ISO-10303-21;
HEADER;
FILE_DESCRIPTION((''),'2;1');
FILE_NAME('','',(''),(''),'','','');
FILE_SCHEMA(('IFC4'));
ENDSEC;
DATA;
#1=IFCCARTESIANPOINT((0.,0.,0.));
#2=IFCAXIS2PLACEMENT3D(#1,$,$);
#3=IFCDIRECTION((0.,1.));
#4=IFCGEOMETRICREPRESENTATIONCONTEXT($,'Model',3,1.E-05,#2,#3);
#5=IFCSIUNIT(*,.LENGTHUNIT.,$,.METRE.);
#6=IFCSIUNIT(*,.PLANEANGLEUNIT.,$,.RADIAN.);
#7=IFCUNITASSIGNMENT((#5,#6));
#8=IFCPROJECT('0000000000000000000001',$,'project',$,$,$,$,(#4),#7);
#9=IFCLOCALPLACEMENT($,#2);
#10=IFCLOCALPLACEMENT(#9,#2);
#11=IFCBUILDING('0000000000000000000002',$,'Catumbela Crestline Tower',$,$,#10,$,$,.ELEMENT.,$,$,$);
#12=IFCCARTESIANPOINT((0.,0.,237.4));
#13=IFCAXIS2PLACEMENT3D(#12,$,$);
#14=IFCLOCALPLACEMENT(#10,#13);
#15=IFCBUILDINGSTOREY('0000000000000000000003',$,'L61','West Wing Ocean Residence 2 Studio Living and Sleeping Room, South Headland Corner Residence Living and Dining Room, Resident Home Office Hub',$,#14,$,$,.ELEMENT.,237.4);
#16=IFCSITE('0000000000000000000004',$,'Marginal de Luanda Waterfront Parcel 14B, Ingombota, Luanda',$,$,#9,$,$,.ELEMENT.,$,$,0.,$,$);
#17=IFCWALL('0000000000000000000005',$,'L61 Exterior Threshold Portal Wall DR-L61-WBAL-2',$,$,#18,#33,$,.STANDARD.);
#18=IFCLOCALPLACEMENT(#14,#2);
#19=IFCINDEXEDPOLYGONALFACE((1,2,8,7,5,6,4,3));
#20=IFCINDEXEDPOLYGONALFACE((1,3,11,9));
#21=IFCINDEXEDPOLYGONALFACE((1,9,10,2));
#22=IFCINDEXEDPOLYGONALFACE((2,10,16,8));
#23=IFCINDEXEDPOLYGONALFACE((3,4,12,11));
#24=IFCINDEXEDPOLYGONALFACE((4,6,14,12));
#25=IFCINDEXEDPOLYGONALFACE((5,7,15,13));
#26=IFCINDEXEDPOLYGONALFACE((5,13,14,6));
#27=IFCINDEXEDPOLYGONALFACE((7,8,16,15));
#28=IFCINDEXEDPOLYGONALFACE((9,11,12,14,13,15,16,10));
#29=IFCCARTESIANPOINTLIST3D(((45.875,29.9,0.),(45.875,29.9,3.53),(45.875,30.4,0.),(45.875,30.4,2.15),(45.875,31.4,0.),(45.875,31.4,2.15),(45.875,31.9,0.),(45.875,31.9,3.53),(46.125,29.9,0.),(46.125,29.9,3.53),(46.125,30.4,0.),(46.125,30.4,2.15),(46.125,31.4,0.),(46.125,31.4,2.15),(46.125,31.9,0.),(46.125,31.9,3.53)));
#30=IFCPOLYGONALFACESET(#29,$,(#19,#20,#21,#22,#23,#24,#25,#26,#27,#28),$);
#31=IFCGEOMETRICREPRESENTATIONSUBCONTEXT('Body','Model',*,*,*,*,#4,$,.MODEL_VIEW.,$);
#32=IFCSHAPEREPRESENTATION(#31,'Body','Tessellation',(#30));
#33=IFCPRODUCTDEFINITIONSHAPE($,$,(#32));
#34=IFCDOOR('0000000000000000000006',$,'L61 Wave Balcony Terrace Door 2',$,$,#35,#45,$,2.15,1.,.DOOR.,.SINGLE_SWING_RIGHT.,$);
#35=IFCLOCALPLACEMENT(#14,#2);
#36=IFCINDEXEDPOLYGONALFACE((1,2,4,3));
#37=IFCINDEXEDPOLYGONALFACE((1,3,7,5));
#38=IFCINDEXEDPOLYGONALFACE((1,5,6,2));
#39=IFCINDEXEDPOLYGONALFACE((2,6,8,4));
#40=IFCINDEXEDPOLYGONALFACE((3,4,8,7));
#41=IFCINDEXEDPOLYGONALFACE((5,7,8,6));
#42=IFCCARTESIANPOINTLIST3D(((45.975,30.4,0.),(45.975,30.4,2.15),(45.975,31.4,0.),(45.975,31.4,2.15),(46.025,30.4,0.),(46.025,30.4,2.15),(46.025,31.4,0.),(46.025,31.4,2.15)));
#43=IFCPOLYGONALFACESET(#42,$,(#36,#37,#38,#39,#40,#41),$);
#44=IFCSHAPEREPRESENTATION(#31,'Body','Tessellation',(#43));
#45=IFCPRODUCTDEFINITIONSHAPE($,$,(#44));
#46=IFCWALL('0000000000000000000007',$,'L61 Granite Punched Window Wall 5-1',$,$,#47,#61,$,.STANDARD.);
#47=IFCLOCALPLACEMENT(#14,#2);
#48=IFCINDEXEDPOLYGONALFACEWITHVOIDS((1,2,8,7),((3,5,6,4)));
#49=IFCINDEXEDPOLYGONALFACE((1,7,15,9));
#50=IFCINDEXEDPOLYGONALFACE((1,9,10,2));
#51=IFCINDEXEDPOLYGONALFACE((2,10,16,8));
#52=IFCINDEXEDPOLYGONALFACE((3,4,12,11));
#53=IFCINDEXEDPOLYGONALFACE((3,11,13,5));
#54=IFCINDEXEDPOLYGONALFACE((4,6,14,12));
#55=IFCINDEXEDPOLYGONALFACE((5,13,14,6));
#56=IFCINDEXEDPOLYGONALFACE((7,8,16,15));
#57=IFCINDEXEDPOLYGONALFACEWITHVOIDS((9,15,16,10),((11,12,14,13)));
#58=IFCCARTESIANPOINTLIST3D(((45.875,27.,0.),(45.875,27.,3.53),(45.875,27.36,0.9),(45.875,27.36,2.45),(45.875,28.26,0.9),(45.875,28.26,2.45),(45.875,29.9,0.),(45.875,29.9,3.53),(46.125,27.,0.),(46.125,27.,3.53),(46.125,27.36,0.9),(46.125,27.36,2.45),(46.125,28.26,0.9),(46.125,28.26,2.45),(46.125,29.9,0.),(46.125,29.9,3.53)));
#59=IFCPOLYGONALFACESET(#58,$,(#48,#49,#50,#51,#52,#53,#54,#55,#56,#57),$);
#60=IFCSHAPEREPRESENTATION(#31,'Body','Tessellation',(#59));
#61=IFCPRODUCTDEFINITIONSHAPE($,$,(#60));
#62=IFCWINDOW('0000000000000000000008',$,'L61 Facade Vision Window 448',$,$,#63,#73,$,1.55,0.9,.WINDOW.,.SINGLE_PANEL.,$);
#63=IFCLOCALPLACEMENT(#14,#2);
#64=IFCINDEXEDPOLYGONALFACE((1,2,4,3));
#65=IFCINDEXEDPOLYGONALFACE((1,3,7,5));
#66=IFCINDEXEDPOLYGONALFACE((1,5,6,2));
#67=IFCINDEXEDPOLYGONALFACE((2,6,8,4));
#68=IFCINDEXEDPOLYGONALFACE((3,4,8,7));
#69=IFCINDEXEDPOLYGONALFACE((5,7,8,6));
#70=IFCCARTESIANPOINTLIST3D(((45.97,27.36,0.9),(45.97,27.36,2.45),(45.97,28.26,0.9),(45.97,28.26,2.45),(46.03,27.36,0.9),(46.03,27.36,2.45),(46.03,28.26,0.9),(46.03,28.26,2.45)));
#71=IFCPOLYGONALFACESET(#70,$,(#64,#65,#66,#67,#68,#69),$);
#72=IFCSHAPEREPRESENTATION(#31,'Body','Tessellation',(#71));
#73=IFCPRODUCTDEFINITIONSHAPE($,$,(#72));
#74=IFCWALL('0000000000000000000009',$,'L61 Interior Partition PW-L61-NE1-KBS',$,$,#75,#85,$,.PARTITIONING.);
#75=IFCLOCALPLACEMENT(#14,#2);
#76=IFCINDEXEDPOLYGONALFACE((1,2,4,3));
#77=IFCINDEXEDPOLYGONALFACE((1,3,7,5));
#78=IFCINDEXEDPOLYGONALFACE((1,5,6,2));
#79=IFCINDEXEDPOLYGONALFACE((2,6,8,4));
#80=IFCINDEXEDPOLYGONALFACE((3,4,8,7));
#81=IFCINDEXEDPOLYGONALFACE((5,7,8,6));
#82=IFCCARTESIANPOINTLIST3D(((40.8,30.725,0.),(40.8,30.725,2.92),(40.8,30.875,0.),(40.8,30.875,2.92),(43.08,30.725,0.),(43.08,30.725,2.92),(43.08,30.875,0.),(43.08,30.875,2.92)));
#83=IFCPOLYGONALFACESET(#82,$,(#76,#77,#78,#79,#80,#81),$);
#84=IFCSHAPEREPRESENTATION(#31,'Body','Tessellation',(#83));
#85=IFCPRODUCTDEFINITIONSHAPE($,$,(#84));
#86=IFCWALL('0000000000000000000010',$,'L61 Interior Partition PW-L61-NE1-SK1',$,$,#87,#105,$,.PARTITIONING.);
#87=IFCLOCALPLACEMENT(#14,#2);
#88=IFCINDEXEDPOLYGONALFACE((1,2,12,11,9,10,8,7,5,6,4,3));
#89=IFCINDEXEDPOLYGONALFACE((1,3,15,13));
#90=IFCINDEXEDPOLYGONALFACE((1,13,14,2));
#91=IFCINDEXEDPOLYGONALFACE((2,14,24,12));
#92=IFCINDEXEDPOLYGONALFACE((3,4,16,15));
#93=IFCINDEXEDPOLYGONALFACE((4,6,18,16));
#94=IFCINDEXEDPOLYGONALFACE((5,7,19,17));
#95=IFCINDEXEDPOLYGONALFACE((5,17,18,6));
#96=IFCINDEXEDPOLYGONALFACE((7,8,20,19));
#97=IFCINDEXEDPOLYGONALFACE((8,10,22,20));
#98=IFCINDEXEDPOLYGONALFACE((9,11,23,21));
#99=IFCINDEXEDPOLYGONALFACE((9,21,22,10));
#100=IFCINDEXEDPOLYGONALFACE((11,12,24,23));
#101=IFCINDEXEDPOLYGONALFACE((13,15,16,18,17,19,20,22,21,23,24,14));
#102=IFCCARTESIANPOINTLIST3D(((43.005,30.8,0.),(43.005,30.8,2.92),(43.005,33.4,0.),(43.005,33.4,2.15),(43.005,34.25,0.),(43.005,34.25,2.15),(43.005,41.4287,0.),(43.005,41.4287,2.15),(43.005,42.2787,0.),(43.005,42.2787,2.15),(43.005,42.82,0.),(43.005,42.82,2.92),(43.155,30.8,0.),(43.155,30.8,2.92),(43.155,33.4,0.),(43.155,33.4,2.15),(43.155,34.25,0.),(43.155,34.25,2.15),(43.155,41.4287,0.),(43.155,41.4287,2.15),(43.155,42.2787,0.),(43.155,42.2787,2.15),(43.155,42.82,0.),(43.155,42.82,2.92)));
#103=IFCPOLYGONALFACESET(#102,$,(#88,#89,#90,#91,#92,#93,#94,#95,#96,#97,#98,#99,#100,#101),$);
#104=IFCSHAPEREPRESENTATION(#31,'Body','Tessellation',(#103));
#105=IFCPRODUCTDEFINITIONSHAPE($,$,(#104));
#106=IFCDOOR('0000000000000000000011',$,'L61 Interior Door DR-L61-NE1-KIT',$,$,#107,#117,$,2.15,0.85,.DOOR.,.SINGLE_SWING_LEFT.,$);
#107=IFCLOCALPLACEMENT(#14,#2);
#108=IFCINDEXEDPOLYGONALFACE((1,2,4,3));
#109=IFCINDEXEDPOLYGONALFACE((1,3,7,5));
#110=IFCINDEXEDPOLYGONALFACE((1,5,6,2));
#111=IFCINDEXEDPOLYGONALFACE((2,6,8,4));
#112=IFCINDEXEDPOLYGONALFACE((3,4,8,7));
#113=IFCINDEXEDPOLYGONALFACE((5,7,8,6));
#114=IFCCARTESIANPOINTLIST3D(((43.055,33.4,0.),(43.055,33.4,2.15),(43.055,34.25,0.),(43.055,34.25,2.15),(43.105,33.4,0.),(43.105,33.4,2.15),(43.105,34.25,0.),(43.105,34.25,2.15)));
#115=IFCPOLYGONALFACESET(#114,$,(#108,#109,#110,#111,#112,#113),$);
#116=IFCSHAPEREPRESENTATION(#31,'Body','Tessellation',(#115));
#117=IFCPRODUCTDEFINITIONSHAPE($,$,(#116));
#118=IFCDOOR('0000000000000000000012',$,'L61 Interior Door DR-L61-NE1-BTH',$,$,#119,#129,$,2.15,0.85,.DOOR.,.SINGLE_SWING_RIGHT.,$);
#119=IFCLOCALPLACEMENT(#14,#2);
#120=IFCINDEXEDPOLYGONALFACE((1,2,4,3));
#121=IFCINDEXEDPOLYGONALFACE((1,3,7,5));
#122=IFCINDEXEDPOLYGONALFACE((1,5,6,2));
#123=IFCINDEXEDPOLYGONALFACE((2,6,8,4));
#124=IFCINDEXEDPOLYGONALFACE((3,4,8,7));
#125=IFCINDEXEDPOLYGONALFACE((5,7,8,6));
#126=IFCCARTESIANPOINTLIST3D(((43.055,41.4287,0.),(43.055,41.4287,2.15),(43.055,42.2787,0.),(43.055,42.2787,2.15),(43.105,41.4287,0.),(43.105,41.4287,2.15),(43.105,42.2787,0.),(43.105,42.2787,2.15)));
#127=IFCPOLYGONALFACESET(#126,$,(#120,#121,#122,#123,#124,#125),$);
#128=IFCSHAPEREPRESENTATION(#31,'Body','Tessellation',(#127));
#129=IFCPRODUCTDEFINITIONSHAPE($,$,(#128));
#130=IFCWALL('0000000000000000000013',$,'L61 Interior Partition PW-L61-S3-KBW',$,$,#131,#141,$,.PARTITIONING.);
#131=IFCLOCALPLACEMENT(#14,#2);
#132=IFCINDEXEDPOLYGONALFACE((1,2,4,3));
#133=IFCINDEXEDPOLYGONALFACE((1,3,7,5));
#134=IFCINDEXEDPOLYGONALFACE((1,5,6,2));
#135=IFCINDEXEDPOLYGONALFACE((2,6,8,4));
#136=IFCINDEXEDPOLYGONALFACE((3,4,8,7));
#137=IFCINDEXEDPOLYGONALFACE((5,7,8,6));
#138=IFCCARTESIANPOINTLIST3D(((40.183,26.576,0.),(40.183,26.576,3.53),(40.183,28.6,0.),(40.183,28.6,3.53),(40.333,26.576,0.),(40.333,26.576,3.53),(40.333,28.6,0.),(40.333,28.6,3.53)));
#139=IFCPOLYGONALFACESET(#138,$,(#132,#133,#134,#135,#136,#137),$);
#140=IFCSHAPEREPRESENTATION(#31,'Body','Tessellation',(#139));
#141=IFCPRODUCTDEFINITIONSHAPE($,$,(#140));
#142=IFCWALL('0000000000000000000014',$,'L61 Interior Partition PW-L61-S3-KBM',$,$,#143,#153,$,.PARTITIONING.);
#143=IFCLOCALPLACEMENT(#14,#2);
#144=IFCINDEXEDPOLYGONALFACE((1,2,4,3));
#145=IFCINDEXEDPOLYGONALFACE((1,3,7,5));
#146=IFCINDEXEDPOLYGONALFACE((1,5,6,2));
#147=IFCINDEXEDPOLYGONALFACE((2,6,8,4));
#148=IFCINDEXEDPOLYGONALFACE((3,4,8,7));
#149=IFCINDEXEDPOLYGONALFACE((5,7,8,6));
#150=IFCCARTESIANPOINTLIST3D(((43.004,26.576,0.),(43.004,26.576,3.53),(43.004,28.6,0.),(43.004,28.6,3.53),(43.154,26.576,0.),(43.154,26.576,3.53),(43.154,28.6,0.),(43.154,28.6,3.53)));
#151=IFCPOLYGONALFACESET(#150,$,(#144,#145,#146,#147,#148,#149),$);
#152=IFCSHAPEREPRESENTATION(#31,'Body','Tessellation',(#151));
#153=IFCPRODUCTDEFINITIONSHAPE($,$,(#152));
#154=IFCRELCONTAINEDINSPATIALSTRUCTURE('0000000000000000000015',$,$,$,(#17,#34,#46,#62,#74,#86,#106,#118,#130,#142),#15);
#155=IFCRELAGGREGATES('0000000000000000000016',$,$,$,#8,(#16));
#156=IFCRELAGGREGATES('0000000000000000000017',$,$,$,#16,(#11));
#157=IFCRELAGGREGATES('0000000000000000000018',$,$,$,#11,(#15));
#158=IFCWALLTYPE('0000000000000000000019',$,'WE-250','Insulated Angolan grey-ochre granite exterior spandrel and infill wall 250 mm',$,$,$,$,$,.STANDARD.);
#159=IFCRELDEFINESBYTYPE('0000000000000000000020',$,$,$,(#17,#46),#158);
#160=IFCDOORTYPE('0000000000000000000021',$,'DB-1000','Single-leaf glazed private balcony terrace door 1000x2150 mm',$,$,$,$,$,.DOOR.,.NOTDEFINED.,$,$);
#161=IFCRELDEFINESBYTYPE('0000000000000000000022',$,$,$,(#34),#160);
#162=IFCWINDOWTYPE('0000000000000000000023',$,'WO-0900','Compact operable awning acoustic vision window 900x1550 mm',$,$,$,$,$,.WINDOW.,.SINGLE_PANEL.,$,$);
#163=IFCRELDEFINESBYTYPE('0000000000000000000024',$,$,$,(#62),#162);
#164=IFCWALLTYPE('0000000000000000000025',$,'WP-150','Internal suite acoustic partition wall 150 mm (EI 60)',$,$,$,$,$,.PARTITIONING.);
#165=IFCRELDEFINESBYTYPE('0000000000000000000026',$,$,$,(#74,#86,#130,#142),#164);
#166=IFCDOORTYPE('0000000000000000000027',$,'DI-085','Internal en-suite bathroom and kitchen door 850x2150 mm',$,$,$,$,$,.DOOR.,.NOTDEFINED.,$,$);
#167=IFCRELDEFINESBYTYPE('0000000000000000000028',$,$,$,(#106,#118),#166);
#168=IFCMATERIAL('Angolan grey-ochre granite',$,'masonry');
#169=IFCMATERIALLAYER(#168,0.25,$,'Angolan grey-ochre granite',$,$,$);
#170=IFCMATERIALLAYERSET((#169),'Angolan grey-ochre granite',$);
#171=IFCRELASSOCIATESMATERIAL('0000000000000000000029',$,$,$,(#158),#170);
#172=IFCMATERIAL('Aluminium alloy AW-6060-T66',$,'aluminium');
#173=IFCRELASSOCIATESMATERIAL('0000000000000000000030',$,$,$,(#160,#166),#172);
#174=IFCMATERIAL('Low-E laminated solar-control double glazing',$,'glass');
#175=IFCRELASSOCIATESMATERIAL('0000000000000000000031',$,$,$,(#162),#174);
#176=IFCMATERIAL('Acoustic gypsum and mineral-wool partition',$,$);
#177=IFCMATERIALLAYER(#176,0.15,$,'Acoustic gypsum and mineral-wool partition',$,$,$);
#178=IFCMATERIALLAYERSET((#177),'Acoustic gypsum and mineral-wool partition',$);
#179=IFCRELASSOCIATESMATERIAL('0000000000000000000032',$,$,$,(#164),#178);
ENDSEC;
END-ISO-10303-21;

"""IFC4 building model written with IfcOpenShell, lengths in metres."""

from ifc_helpers import new_model, si_unit, direction, frame, frame_2d, origin, place, context, subcontext, project, spatial, rectangle, extrude, material, layer, layer_set, type_object, element, fill, save


model = new_model("IFC4")

# Units and contexts
model_context = context("Model", 3, precision=1e-05, world=origin(), true_north=direction((0.0, 1.0)))
body_context = subcontext(model_context, "Body", "Model", "MODEL_VIEW")
ifc_project = project(units=[si_unit("LENGTHUNIT", "METRE"), si_unit("PLANEANGLEUNIT", "RADIAN")], contexts=[model_context])

# Site, building, storey
site_placement = place(None, origin())
site = spatial("IfcSite", under=ifc_project, at=site_placement, Name="Marginal de Luanda Waterfront Parcel 14B, Ingombota, Luanda", CompositionType="ELEMENT", RefElevation=0.0)
building_placement = place(site_placement, origin())
building = spatial("IfcBuilding", under=site, at=building_placement, Name="Catumbela Crestline Tower", CompositionType="ELEMENT")
storey_placement = place(building_placement, frame((0.0, 0.0, 237.4)))
storey = spatial("IfcBuildingStorey", under=building, at=storey_placement, Name="L61", Description="West Wing Ocean Residence 2 Studio Living and Sleeping Room, South Headland Corner Residence Living and Dining Room, Resident Home Office Hub", CompositionType="ELEMENT", Elevation=237.4)

# Shared definitions
ifc_material_1 = material(Name="Aluminium alloy AW-6060-T66", Category="aluminium")

# Wall, opening, door
ifc_material_2 = material(Name="Acoustic gypsum and mineral-wool partition")
ifc_material_3 = material(Name="Angolan grey-ochre granite", Category="masonry")
ifc_layer_1 = layer(ifc_material_3, 0.25, Name="Angolan grey-ochre granite")
ifc_layer_set_1 = layer_set([ifc_layer_1], Name="Angolan grey-ochre granite")
wall_type_1 = type_object("IfcWallType", Name="WE-250", Description="Insulated Angolan grey-ochre granite exterior spandrel and infill wall 250 mm", PredefinedType="STANDARD", material=ifc_layer_set_1)
wall_1_placement = place(storey_placement, frame((46.0, 29.9, 0.0), z_axis=(0.0, 0.0, 1.0), x_axis=(0.0, 1.0, 0.0)))
wall_1 = element("IfcWall", 1, at=wall_1_placement, inside=storey, type_object=wall_type_1, Name="L61 Exterior Threshold Portal Wall DR-L61-WBAL-2", PredefinedType="STANDARD", context=body_context, shape_type="SweptSolid", body=[
    extrude(rectangle(XDim=2.0, YDim=0.25, at=frame_2d((1.0, 0.0))), origin(), (0.0, 0.0, 1.0), 3.53),
])
opening_1_placement = place(wall_1_placement, frame((0.5, 0.0, 0.0)))
opening_1 = element("IfcOpeningElement", 2, at=opening_1_placement, cuts=wall_1, PredefinedType="OPENING", context=body_context, shape_type="SweptSolid", body=[
    extrude(rectangle(XDim=1.0, YDim=2.15, at=frame_2d((0.5, 1.075))), frame((0.0, 0.135, 0.0), z_axis=(0.0, -1.0, 0.0), x_axis=(1.0, 0.0, 0.0)), (0.0, 0.0, 1.0), 0.27),
])
door_type_1 = type_object("IfcDoorType", Name="DB-1000", Description="Single-leaf glazed private balcony terrace door 1000x2150 mm", OperationType="NOTDEFINED", PredefinedType="DOOR", material=ifc_material_1)
door_1_placement = place(opening_1_placement, origin())
door_1 = element("IfcDoor", 3, at=door_1_placement, inside=storey, type_object=door_type_1, Name="L61 Wave Balcony Terrace Door 2", OperationType="SINGLE_SWING_RIGHT", OverallHeight=2.15, OverallWidth=1.0, PredefinedType="DOOR", context=body_context, shape_type="SweptSolid", body=[
    extrude(rectangle(XDim=1.0, YDim=2.15, at=frame_2d((0.5, 1.075))), frame((0.0, 0.025, 0.0), z_axis=(0.0, -1.0, 0.0), x_axis=(1.0, 0.0, 0.0)), (0.0, 0.0, 1.0), 0.05),
])
fill(opening_1, door_1)

# Wall, opening, window
wall_2_placement = place(storey_placement, frame((46.0, 27.0, 0.0), z_axis=(0.0, 0.0, 1.0), x_axis=(0.0, 1.0, 0.0)))
wall_2 = element("IfcWall", 4, at=wall_2_placement, inside=storey, type_object=wall_type_1, Name="L61 Granite Punched Window Wall 5-1", PredefinedType="STANDARD", context=body_context, shape_type="SweptSolid", body=[
    extrude(rectangle(XDim=2.9, YDim=0.25, at=frame_2d((1.45, 0.0))), origin(), (0.0, 0.0, 1.0), 3.53),
])
opening_2_placement = place(wall_2_placement, frame((0.36, 0.0, 0.9)))
opening_2 = element("IfcOpeningElement", 5, at=opening_2_placement, cuts=wall_2, PredefinedType="OPENING", context=body_context, shape_type="SweptSolid", body=[
    extrude(rectangle(XDim=0.9, YDim=1.55, at=frame_2d((0.45, 0.775))), frame((0.0, 0.135, 0.0), z_axis=(0.0, -1.0, 0.0), x_axis=(1.0, 0.0, 0.0)), (0.0, 0.0, 1.0), 0.27),
])
ifc_material_4 = material(Name="Low-E laminated solar-control double glazing", Category="glass")
window_type = type_object("IfcWindowType", Name="WO-0900", Description="Compact operable awning acoustic vision window 900x1550 mm", PartitioningType="SINGLE_PANEL", PredefinedType="WINDOW", material=ifc_material_4)
window_placement = place(opening_2_placement, origin())
window = element("IfcWindow", 6, at=window_placement, inside=storey, type_object=window_type, Name="L61 Facade Vision Window 448", OverallHeight=1.55, OverallWidth=0.9, PartitioningType="SINGLE_PANEL", PredefinedType="WINDOW", context=body_context, shape_type="SweptSolid", body=[
    extrude(rectangle(XDim=0.9, YDim=1.55, at=frame_2d((0.45, 0.775))), frame((0.0, 0.03, 0.0), z_axis=(0.0, -1.0, 0.0), x_axis=(1.0, 0.0, 0.0)), (0.0, 0.0, 1.0), 0.06),
])
fill(opening_2, window)

# Wall
ifc_layer_2 = layer(ifc_material_2, 0.15, Name="Acoustic gypsum and mineral-wool partition")
ifc_layer_set_2 = layer_set([ifc_layer_2], Name="Acoustic gypsum and mineral-wool partition")
wall_type_2 = type_object("IfcWallType", Name="WP-150", Description="Internal suite acoustic partition wall 150 mm (EI 60)", PredefinedType="PARTITIONING", material=ifc_layer_set_2)
wall_3_placement = place(storey_placement, frame((40.8, 30.8, 0.0), z_axis=(0.0, 0.0, 1.0), x_axis=(1.0, 0.0, 0.0)))
element("IfcWall", 7, at=wall_3_placement, inside=storey, type_object=wall_type_2, Name="L61 Interior Partition PW-L61-NE1-KBS", PredefinedType="PARTITIONING", context=body_context, shape_type="SweptSolid", body=[
    extrude(rectangle(XDim=2.28, YDim=0.15, at=frame_2d((1.14, 0.0))), origin(), (0.0, 0.0, 1.0), 2.92),
])

# Wall, openings, doors
wall_4_placement = place(storey_placement, frame((43.08, 30.8, 0.0), z_axis=(0.0, 0.0, 1.0), x_axis=(0.0, 1.0, 0.0)))
wall_4 = element("IfcWall", 8, at=wall_4_placement, inside=storey, type_object=wall_type_2, Name="L61 Interior Partition PW-L61-NE1-SK1", PredefinedType="PARTITIONING", context=body_context, shape_type="SweptSolid", body=[
    extrude(rectangle(XDim=12.02, YDim=0.15, at=frame_2d((6.01, 0.0))), origin(), (0.0, 0.0, 1.0), 2.92),
])
opening_3_placement = place(wall_4_placement, frame((2.6, 0.0, 0.0)))
opening_3 = element("IfcOpeningElement", 9, at=opening_3_placement, cuts=wall_4, PredefinedType="OPENING", context=body_context, shape_type="SweptSolid", body=[
    extrude(rectangle(XDim=0.85, YDim=2.15, at=frame_2d((0.425, 1.075))), frame((0.0, 0.085, 0.0), z_axis=(0.0, -1.0, 0.0), x_axis=(1.0, 0.0, 0.0)), (0.0, 0.0, 1.0), 0.17),
])
opening_4_placement = place(wall_4_placement, frame((10.6287, 0.0, 0.0)))
opening_4 = element("IfcOpeningElement", 10, at=opening_4_placement, cuts=wall_4, PredefinedType="OPENING", context=body_context, shape_type="SweptSolid", body=[
    extrude(rectangle(XDim=0.85, YDim=2.15, at=frame_2d((0.425, 1.075))), frame((0.0, 0.085, 0.0), z_axis=(0.0, -1.0, 0.0), x_axis=(1.0, 0.0, 0.0)), (0.0, 0.0, 1.0), 0.17),
])
door_type_2 = type_object("IfcDoorType", Name="DI-085", Description="Internal en-suite bathroom and kitchen door 850x2150 mm", OperationType="NOTDEFINED", PredefinedType="DOOR", material=ifc_material_1)
door_2_placement = place(opening_3_placement, origin())
door_2 = element("IfcDoor", 11, at=door_2_placement, inside=storey, type_object=door_type_2, Name="L61 Interior Door DR-L61-NE1-KIT", OperationType="SINGLE_SWING_LEFT", OverallHeight=2.15, OverallWidth=0.85, PredefinedType="DOOR", context=body_context, shape_type="SweptSolid", body=[
    extrude(rectangle(XDim=0.85, YDim=2.15, at=frame_2d((0.425, 1.075))), frame((0.0, 0.025, 0.0), z_axis=(0.0, -1.0, 0.0), x_axis=(1.0, 0.0, 0.0)), (0.0, 0.0, 1.0), 0.05),
])
fill(opening_3, door_2)
door_3_placement = place(opening_4_placement, origin())
door_3 = element("IfcDoor", 12, at=door_3_placement, inside=storey, type_object=door_type_2, Name="L61 Interior Door DR-L61-NE1-BTH", OperationType="SINGLE_SWING_RIGHT", OverallHeight=2.15, OverallWidth=0.85, PredefinedType="DOOR", context=body_context, shape_type="SweptSolid", body=[
    extrude(rectangle(XDim=0.85, YDim=2.15, at=frame_2d((0.425, 1.075))), frame((0.0, 0.025, 0.0), z_axis=(0.0, -1.0, 0.0), x_axis=(1.0, 0.0, 0.0)), (0.0, 0.0, 1.0), 0.05),
])
fill(opening_4, door_3)

# Walls
for number, where, z_axis, x_axis, name in (
    (13, (40.258, 26.576, 0.0), (0.0, 0.0, 1.0), (0.0, 1.0, 0.0), "L61 Interior Partition PW-L61-S3-KBW"),
    (14, (43.079, 26.576, 0.0), (0.0, 0.0, 1.0), (0.0, 1.0, 0.0), "L61 Interior Partition PW-L61-S3-KBM"),
):
    element("IfcWall", number, at=place(storey_placement, frame(where, z_axis=z_axis, x_axis=x_axis)), inside=storey, type_object=wall_type_2, Name=name, PredefinedType="PARTITIONING", context=body_context, shape_type="SweptSolid", body=[
        extrude(rectangle(XDim=2.024, YDim=0.15, at=frame_2d((1.012, 0.0))), origin(), (0.0, 0.0, 1.0), 3.53),
    ])

save(model, "model.ifc")
